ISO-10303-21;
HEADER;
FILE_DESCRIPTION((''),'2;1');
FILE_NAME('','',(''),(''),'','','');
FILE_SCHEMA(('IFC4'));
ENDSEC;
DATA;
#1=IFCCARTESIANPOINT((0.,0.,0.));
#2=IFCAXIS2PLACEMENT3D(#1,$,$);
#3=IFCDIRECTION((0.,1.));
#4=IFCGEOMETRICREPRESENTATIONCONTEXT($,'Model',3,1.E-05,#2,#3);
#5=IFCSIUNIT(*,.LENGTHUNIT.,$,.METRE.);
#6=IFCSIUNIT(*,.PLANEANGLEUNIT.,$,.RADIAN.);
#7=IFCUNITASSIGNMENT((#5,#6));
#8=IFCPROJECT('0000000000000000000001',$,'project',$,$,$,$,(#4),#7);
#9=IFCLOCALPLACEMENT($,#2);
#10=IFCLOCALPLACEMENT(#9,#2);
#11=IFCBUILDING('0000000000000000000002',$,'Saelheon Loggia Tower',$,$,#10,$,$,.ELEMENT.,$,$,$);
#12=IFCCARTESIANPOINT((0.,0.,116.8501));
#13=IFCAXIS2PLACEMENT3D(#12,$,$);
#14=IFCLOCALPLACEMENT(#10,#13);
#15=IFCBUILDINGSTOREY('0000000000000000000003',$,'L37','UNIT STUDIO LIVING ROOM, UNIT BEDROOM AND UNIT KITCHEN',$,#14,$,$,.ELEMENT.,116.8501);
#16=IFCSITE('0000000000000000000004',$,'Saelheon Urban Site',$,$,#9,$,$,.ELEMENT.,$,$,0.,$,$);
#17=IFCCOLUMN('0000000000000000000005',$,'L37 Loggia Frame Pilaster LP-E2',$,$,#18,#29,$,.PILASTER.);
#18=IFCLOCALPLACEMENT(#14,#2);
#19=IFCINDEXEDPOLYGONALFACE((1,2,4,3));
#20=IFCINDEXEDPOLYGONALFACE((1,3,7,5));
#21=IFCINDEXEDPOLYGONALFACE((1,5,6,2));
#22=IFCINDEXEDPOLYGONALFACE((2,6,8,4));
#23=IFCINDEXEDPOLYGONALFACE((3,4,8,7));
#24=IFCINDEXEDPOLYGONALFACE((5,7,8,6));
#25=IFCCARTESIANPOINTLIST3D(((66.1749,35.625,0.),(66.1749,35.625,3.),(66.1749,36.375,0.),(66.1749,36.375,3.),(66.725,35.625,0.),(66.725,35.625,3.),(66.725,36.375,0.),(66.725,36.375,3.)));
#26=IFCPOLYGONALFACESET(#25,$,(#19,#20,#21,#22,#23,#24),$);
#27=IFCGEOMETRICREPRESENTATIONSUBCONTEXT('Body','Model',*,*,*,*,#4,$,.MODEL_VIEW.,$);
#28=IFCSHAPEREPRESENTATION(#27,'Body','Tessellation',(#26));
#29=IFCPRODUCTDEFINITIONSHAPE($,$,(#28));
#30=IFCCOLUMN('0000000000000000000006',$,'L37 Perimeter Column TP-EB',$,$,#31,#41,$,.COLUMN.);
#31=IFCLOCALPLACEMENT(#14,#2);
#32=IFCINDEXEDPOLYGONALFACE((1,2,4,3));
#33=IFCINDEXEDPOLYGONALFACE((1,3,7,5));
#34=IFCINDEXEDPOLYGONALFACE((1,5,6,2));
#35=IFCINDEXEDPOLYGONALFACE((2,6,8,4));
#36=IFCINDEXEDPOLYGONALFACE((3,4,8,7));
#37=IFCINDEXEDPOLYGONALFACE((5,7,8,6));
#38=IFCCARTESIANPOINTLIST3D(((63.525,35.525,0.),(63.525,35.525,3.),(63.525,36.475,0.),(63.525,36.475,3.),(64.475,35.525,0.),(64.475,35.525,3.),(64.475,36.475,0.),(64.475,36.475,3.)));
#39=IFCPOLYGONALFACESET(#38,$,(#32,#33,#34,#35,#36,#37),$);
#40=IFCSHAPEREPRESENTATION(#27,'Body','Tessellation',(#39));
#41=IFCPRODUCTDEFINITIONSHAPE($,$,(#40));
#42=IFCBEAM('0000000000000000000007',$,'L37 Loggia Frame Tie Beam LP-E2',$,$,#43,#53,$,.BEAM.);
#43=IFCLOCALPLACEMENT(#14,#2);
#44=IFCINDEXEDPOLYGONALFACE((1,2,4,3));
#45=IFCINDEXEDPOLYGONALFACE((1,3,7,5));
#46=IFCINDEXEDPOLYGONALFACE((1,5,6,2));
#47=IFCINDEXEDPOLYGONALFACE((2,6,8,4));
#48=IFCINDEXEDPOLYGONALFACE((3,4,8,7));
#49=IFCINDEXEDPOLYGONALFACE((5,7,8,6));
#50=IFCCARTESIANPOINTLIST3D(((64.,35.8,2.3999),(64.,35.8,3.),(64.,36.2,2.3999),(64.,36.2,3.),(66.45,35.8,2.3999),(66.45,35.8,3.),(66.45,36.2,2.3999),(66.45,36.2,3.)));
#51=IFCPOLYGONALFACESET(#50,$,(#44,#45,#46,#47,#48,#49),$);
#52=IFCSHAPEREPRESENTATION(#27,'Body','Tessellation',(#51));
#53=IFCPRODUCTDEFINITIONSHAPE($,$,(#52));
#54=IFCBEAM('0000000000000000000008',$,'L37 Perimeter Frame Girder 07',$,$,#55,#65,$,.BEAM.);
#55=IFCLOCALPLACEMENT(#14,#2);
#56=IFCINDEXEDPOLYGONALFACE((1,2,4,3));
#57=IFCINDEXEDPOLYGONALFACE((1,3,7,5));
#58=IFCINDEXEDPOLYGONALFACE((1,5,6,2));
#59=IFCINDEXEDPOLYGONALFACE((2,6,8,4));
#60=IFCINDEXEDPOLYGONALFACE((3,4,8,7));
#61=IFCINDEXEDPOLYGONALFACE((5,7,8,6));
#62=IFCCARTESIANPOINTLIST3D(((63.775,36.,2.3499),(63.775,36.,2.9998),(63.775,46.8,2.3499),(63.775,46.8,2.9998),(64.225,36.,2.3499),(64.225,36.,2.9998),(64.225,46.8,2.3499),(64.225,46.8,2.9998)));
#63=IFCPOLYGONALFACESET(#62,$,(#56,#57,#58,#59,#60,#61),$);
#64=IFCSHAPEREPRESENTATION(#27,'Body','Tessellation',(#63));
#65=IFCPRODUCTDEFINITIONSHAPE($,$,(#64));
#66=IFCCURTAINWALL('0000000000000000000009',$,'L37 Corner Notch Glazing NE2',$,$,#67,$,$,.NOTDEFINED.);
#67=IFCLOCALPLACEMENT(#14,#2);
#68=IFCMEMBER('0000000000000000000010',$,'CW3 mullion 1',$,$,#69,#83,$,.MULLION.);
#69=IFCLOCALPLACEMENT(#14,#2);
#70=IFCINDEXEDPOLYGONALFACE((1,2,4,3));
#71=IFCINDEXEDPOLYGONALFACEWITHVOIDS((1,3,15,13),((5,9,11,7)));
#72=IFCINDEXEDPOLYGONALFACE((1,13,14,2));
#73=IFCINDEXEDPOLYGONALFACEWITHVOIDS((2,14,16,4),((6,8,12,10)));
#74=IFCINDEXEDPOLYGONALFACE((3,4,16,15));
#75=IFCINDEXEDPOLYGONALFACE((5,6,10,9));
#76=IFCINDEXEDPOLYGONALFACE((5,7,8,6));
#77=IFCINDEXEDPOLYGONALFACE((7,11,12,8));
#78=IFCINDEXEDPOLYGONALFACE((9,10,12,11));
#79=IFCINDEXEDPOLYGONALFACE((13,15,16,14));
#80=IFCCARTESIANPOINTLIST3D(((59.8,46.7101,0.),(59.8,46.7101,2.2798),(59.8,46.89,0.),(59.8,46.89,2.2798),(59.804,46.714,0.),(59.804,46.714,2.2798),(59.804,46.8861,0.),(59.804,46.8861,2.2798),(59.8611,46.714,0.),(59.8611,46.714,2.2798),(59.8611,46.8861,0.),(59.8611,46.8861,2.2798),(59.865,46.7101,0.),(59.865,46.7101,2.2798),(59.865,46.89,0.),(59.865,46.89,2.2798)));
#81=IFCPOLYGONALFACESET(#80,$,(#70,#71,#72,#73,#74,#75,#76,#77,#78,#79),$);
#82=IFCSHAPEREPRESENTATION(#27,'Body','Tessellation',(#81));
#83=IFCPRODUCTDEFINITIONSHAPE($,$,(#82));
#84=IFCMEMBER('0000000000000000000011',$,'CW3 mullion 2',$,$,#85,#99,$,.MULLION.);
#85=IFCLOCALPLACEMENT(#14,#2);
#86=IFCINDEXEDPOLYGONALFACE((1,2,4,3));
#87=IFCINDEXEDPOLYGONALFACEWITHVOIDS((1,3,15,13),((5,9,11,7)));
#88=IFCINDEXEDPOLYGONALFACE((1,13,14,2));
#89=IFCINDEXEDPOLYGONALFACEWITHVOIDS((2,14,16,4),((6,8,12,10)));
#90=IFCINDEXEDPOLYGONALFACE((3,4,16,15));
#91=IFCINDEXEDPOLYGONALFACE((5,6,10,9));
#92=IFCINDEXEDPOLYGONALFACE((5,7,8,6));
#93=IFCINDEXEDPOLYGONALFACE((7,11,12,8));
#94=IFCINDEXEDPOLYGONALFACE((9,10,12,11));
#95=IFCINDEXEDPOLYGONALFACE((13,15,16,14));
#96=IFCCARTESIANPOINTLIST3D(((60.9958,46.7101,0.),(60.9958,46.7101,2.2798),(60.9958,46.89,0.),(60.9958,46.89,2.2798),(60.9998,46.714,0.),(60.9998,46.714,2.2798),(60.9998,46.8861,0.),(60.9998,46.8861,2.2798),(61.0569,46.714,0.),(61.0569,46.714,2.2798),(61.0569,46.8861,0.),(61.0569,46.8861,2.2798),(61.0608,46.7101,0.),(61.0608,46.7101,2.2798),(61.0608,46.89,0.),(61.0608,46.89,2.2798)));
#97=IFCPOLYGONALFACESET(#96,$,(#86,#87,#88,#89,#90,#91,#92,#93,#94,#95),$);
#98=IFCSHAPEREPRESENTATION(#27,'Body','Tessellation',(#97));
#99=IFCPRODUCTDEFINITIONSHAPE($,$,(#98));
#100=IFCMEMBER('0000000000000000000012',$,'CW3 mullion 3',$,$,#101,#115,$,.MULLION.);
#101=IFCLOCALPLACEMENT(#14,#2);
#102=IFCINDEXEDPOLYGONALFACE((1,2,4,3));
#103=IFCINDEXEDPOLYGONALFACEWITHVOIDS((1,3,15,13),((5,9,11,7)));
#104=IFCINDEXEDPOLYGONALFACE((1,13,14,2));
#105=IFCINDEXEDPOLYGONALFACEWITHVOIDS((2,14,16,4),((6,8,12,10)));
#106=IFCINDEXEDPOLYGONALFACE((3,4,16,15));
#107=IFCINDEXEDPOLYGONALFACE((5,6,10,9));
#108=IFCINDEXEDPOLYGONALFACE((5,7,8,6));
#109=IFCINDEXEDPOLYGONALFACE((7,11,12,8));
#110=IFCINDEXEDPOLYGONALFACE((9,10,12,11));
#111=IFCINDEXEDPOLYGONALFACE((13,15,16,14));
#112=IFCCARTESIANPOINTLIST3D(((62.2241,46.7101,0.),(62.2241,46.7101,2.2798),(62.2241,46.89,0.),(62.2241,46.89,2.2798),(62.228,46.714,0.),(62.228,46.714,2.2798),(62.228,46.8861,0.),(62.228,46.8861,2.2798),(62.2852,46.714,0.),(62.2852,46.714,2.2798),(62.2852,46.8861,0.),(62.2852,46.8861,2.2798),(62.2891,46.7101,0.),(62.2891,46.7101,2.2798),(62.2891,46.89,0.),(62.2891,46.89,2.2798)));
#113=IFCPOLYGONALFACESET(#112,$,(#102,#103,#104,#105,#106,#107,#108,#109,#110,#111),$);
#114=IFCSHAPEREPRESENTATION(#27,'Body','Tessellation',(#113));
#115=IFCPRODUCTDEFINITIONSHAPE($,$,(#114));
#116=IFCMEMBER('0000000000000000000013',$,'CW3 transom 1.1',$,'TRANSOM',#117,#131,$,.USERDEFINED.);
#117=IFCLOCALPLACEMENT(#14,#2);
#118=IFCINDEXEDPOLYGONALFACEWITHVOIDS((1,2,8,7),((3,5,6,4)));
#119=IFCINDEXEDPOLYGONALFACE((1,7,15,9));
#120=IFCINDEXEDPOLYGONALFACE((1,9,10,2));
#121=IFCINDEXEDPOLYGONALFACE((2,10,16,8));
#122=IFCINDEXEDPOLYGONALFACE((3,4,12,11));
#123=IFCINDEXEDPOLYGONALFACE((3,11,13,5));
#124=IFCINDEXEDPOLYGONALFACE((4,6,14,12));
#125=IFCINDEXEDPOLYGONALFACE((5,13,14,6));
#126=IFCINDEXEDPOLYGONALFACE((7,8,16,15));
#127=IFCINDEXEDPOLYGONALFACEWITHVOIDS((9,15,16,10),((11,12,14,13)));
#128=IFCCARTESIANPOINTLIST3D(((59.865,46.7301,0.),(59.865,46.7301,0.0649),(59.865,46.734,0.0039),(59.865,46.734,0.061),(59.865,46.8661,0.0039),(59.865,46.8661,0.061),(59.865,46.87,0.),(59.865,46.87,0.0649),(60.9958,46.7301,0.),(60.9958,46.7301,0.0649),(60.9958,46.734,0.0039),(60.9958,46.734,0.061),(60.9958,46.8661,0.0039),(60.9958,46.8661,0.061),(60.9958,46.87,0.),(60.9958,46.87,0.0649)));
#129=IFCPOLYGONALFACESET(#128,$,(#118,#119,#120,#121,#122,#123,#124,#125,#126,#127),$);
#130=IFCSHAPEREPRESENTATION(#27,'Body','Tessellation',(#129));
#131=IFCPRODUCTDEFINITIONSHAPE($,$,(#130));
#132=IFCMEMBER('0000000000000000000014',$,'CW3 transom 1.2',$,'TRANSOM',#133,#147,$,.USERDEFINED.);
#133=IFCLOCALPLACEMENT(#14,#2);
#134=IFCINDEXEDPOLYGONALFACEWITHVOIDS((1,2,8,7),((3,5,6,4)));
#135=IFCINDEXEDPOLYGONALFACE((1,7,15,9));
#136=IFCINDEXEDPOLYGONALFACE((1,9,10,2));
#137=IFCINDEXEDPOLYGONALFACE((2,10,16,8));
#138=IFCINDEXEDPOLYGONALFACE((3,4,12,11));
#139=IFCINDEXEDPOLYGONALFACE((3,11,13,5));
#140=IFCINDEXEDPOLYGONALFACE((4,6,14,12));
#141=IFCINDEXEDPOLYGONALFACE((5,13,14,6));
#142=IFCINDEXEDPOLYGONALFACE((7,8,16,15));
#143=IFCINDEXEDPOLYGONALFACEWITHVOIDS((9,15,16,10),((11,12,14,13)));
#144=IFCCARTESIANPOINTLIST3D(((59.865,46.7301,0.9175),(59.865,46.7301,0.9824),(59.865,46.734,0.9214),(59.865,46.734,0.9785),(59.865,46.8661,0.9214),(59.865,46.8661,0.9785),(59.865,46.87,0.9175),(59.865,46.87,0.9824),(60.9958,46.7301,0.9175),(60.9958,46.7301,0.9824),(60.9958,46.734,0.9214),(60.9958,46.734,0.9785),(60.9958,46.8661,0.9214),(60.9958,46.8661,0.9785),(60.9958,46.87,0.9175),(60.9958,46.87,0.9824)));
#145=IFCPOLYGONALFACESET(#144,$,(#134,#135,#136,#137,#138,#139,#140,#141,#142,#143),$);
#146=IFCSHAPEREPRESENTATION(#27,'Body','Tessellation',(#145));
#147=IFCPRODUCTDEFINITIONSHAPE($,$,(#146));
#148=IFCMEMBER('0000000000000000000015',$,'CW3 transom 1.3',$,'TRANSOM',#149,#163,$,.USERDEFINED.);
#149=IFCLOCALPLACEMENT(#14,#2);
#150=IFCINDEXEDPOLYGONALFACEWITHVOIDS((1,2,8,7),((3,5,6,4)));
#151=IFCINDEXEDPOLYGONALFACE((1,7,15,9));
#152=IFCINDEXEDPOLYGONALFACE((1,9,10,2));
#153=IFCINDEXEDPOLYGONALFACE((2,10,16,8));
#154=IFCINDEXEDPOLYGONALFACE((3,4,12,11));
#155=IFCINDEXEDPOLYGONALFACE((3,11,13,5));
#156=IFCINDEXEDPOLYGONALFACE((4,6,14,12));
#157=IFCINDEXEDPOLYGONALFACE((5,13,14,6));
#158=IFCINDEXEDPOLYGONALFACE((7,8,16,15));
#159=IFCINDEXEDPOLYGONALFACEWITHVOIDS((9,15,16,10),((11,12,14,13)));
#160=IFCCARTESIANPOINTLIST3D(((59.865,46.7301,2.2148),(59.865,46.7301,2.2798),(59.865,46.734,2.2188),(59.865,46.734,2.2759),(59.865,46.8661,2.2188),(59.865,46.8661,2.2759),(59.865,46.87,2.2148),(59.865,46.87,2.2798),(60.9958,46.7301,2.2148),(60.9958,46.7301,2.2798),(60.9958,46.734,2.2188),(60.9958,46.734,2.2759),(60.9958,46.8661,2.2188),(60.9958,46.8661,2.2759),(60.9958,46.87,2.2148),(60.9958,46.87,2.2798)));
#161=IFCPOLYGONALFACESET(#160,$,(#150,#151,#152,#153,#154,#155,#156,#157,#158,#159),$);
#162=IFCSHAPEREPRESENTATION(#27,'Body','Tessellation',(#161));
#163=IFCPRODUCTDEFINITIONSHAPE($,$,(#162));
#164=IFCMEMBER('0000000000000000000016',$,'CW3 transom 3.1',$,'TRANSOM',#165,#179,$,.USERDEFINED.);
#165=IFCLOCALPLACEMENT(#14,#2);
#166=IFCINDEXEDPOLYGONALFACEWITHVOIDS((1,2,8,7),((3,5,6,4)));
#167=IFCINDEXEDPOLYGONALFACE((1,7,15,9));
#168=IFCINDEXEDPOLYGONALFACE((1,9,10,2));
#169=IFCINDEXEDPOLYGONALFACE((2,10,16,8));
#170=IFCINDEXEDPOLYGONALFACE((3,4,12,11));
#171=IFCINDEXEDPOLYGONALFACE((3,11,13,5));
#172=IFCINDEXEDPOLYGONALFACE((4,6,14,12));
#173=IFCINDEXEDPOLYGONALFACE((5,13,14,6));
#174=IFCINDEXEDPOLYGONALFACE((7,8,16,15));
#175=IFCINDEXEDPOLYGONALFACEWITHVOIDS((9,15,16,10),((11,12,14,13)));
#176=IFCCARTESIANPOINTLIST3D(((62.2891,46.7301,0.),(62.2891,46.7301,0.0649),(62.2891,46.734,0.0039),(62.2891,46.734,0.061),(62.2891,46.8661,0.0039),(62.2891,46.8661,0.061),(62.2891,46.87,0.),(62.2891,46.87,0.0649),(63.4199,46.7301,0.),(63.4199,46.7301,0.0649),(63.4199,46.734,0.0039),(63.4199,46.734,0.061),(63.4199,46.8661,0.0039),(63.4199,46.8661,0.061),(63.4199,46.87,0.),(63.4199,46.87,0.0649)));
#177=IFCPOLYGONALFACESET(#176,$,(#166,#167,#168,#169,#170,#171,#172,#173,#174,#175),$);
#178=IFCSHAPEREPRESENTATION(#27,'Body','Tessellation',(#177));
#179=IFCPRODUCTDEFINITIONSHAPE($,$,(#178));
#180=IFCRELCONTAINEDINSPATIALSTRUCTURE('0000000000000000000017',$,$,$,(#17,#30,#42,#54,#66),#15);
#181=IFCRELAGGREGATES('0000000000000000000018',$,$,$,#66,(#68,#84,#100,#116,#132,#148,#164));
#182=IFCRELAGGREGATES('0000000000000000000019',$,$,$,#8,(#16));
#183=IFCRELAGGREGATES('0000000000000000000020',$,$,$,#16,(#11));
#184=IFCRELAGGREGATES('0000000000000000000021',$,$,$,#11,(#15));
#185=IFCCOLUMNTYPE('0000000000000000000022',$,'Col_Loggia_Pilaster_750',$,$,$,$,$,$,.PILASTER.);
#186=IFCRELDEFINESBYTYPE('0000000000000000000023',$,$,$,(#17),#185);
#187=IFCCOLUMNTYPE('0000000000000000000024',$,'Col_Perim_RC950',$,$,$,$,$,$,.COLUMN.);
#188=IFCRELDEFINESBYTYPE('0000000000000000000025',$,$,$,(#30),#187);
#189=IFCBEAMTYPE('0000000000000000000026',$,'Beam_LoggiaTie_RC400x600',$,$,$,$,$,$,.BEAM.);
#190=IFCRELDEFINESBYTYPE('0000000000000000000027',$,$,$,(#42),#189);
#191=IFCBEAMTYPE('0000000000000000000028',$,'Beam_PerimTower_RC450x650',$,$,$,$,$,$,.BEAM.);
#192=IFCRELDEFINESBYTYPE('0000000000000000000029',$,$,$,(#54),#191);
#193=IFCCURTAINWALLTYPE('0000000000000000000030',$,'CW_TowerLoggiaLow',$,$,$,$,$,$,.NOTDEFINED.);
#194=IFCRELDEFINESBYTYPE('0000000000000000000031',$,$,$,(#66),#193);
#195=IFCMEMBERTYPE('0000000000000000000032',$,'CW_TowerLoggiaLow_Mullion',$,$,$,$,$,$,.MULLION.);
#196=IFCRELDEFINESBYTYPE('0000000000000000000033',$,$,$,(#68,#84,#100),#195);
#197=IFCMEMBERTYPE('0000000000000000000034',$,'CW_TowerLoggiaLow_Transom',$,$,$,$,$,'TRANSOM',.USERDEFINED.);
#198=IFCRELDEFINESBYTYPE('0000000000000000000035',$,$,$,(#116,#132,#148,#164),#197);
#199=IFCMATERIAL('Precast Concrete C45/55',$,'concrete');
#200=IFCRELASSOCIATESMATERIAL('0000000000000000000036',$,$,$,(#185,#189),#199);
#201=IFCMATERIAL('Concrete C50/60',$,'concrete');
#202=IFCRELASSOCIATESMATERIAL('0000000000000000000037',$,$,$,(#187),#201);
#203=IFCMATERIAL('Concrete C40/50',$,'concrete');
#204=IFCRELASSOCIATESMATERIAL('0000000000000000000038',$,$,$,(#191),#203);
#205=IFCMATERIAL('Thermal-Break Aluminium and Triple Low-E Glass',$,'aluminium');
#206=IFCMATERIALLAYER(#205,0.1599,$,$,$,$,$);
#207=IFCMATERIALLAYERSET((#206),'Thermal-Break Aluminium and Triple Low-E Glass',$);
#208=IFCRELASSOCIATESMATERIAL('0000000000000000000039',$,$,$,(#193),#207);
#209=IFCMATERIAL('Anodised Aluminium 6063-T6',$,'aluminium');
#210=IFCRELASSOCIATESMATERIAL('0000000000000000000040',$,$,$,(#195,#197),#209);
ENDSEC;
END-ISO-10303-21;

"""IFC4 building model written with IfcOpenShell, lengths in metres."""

from ifc_helpers import new_model, si_unit, direction, frame, origin, origin_2d, place, context, subcontext, project, spatial, rectangle, hollow_rectangle, extrude, source, transform, mapped, material, layer, layer_set, material_profile, profile_set, type_object, element, aggregate, save


model = new_model("IFC4")

# Units and contexts
model_context = context("Model", 3, precision=1e-05, world=origin(), true_north=direction((0.0, 1.0)))
body_context = subcontext(model_context, "Body", "Model", "MODEL_VIEW")
ifc_project = project(units=[si_unit("LENGTHUNIT", "METRE"), si_unit("PLANEANGLEUNIT", "RADIAN")], contexts=[model_context])

# Site, building, storey
site_placement = place(None, origin())
site = spatial("IfcSite", under=ifc_project, at=site_placement, Name="Saelheon Urban Site", CompositionType="ELEMENT", RefElevation=0.0)
building_placement = place(site_placement, origin())
building = spatial("IfcBuilding", under=site, at=building_placement, Name="Saelheon Loggia Tower", CompositionType="ELEMENT")
storey_placement = place(building_placement, frame((0.0, 0.0, 116.8501)))
storey = spatial("IfcBuildingStorey", under=building, at=storey_placement, Name="L37", Description="UNIT STUDIO LIVING ROOM, UNIT BEDROOM AND UNIT KITCHEN", CompositionType="ELEMENT", Elevation=116.8501)

# Columns
ifc_material_1 = material(Name="Precast Concrete C45/55", Category="concrete")
ifc_material_profile_1 = material_profile(ifc_material_1, rectangle(XDim=0.55, YDim=0.75, at=origin_2d()), Name="RC-550x750")
ifc_profile_set_1 = profile_set([ifc_material_profile_1], Name="Precast Concrete C45/55")
column_type_1 = type_object("IfcColumnType", Name="Col_Loggia_Pilaster_750", PredefinedType="PILASTER", material=ifc_profile_set_1)
shared_shape_1 = source(origin(), body_context, "Body", "SweptSolid", [
    extrude(rectangle(XDim=0.55, YDim=0.75, at=origin_2d()), origin(), (0.0, 0.0, 1.0), 3.0),
])
column_1_placement = place(storey_placement, frame((66.45, 36.0, 0.0), z_axis=(0.0, 0.0, 1.0), x_axis=(1.0, 0.0, 0.0)))
element("IfcColumn", 1, at=column_1_placement, inside=storey, type_object=column_type_1, Name="L37 Loggia Frame Pilaster LP-E2", PredefinedType="PILASTER", context=body_context, shape_type="MappedRepresentation", body=[
    mapped(shared_shape_1, transform((0.0, 0.0, 0.0), scale=1.0)),
])
ifc_material_2 = material(Name="Concrete C50/60", Category="concrete")
ifc_material_profile_2 = material_profile(ifc_material_2, rectangle(XDim=0.95, YDim=0.95, at=origin_2d()), Name="RC-950x950")
ifc_profile_set_2 = profile_set([ifc_material_profile_2], Name="Concrete C50/60")
column_type_2 = type_object("IfcColumnType", Name="Col_Perim_RC950", PredefinedType="COLUMN", material=ifc_profile_set_2)
shared_shape_2 = source(origin(), body_context, "Body", "SweptSolid", [
    extrude(rectangle(XDim=0.95, YDim=0.95, at=origin_2d()), origin(), (0.0, 0.0, 1.0), 3.0),
])
column_2_placement = place(storey_placement, frame((64.0, 36.0, 0.0), z_axis=(0.0, 0.0, 1.0), x_axis=(1.0, 0.0, 0.0)))
element("IfcColumn", 2, at=column_2_placement, inside=storey, type_object=column_type_2, Name="L37 Perimeter Column TP-EB", PredefinedType="COLUMN", context=body_context, shape_type="MappedRepresentation", body=[
    mapped(shared_shape_2, transform((0.0, 0.0, 0.0), scale=1.0)),
])

# Beams
ifc_material_profile_3 = material_profile(ifc_material_1, rectangle(XDim=0.3999, YDim=0.6001, at=origin_2d()), Name="RC-400x600")
ifc_profile_set_3 = profile_set([ifc_material_profile_3], Name="Precast Concrete C45/55")
beam_type_1 = type_object("IfcBeamType", Name="Beam_LoggiaTie_RC400x600", PredefinedType="BEAM", material=ifc_profile_set_3)
shared_shape_3 = source(origin(), body_context, "Body", "SweptSolid", [
    extrude(rectangle(XDim=0.3999, YDim=0.6001, at=origin_2d()), origin(), (0.0, 0.0, 1.0), 2.45),
])
beam_1_placement = place(storey_placement, frame((64.0, 36.0, 2.7), z_axis=(1.0, 0.0, 0.0), x_axis=(0.0, 1.0, 0.0)))
element("IfcBeam", 3, at=beam_1_placement, inside=storey, type_object=beam_type_1, Name="L37 Loggia Frame Tie Beam LP-E2", PredefinedType="BEAM", context=body_context, shape_type="MappedRepresentation", body=[
    mapped(shared_shape_3, transform((0.0, 0.0, 0.0), scale=1.0)),
])
ifc_material_3 = material(Name="Concrete C40/50", Category="concrete")
ifc_material_profile_4 = material_profile(ifc_material_3, rectangle(XDim=0.45, YDim=0.6499, at=origin_2d()), Name="RC-450x650")
ifc_profile_set_4 = profile_set([ifc_material_profile_4], Name="Concrete C40/50")
beam_type_2 = type_object("IfcBeamType", Name="Beam_PerimTower_RC450x650", PredefinedType="BEAM", material=ifc_profile_set_4)
shared_shape_4 = source(origin(), body_context, "Body", "SweptSolid", [
    extrude(rectangle(XDim=0.45, YDim=0.6499, at=origin_2d()), origin(), (0.0, 0.0, 1.0), 10.8),
])
beam_2_placement = place(storey_placement, frame((64.0, 36.0, 2.6748), z_axis=(0.0, 1.0, 0.0), x_axis=(-1.0, 0.0, 0.0)))
element("IfcBeam", 4, at=beam_2_placement, inside=storey, type_object=beam_type_2, Name="L37 Perimeter Frame Girder 07", PredefinedType="BEAM", context=body_context, shape_type="MappedRepresentation", body=[
    mapped(shared_shape_4, transform((0.0, 0.0, 0.0), scale=1.0)),
])

# Curtain wall, members
ifc_material_4 = material(Name="Thermal-Break Aluminium and Triple Low-E Glass", Category="aluminium")
ifc_layer_1 = layer(ifc_material_4, 0.1599)
ifc_layer_set_1 = layer_set([ifc_layer_1], Name="Thermal-Break Aluminium and Triple Low-E Glass")
curtain_wall_type = type_object("IfcCurtainWallType", Name="CW_TowerLoggiaLow", PredefinedType="NOTDEFINED", material=ifc_layer_set_1)
curtain_wall_placement = place(storey_placement, origin())
curtain_wall = element("IfcCurtainWall", 5, at=curtain_wall_placement, inside=storey, type_object=curtain_wall_type, Name="L37 Corner Notch Glazing NE2", PredefinedType="NOTDEFINED")
ifc_material_5 = material(Name="Anodised Aluminium 6063-T6", Category="aluminium")
ifc_material_profile_5 = material_profile(ifc_material_5, hollow_rectangle(XDim=0.0649, YDim=0.1799, WallThickness=0.0039, at=origin_2d()), Name="RHS-180x65x4")
ifc_profile_set_5 = profile_set([ifc_material_profile_5], Name="Anodised Aluminium 6063-T6")
member_type_1 = type_object("IfcMemberType", Name="CW_TowerLoggiaLow_Mullion", PredefinedType="MULLION", material=ifc_profile_set_5)
shared_shape_5 = source(origin(), body_context, "Body", "SweptSolid", [
    extrude(hollow_rectangle(XDim=0.0649, YDim=0.1799, WallThickness=0.0039, at=origin_2d()), origin(), (0.0, 0.0, 1.0), 2.2798),
])
member_1_placement = place(storey_placement, frame((59.8325, 46.8, 0.0), z_axis=(0.0, 0.0, 1.0), x_axis=(1.0, 0.0, 0.0)))
member_1 = element("IfcMember", 6, at=member_1_placement, type_object=member_type_1, Name="CW3 mullion 1", PredefinedType="MULLION", context=body_context, shape_type="MappedRepresentation", body=[
    mapped(shared_shape_5, transform((0.0, 0.0, 0.0), scale=1.0)),
])
member_2_placement = place(storey_placement, frame((61.0283, 46.8, 0.0), z_axis=(0.0, 0.0, 1.0), x_axis=(1.0, 0.0, 0.0)))
member_2 = element("IfcMember", 7, at=member_2_placement, type_object=member_type_1, Name="CW3 mullion 2", PredefinedType="MULLION", context=body_context, shape_type="MappedRepresentation", body=[
    mapped(shared_shape_5, transform((0.0, 0.0, 0.0), scale=1.0)),
])
member_3_placement = place(storey_placement, frame((62.2566, 46.8, 0.0), z_axis=(0.0, 0.0, 1.0), x_axis=(1.0, 0.0, 0.0)))
member_3 = element("IfcMember", 8, at=member_3_placement, type_object=member_type_1, Name="CW3 mullion 3", PredefinedType="MULLION", context=body_context, shape_type="MappedRepresentation", body=[
    mapped(shared_shape_5, transform((0.0, 0.0, 0.0), scale=1.0)),
])
ifc_material_profile_6 = material_profile(ifc_material_5, hollow_rectangle(XDim=0.0649, YDim=0.1399, WallThickness=0.0039, at=origin_2d()), Name="RHS-140x65x4")
ifc_profile_set_6 = profile_set([ifc_material_profile_6], Name="Anodised Aluminium 6063-T6")
member_type_2 = type_object("IfcMemberType", Name="CW_TowerLoggiaLow_Transom", ElementType="TRANSOM", PredefinedType="USERDEFINED", material=ifc_profile_set_6)
shared_shape_6 = source(origin(), body_context, "Body", "SweptSolid", [
    extrude(hollow_rectangle(XDim=0.0649, YDim=0.1399, WallThickness=0.0039, at=origin_2d()), origin(), (0.0, 0.0, 1.0), 1.1309),
])
member_4_placement = place(storey_placement, frame((59.865, 46.8, 0.0325), z_axis=(1.0, 0.0, 0.0), x_axis=(0.0, 0.0, 1.0)))
member_4 = element("IfcMember", 9, at=member_4_placement, type_object=member_type_2, Name="CW3 transom 1.1", ObjectType="TRANSOM", PredefinedType="USERDEFINED", context=body_context, shape_type="MappedRepresentation", body=[
    mapped(shared_shape_6, transform((0.0, 0.0, 0.0), scale=1.0)),
])
member_5_placement = place(storey_placement, frame((59.865, 46.8, 0.95), z_axis=(1.0, 0.0, 0.0), x_axis=(0.0, 0.0, 1.0)))
member_5 = element("IfcMember", 10, at=member_5_placement, type_object=member_type_2, Name="CW3 transom 1.2", ObjectType="TRANSOM", PredefinedType="USERDEFINED", context=body_context, shape_type="MappedRepresentation", body=[
    mapped(shared_shape_6, transform((0.0, 0.0, 0.0), scale=1.0)),
])
member_6_placement = place(storey_placement, frame((59.865, 46.8, 2.2473), z_axis=(1.0, 0.0, 0.0), x_axis=(0.0, 0.0, 1.0)))
member_6 = element("IfcMember", 11, at=member_6_placement, type_object=member_type_2, Name="CW3 transom 1.3", ObjectType="TRANSOM", PredefinedType="USERDEFINED", context=body_context, shape_type="MappedRepresentation", body=[
    mapped(shared_shape_6, transform((0.0, 0.0, 0.0), scale=1.0)),
])
member_7_placement = place(storey_placement, frame((62.2891, 46.8, 0.0325), z_axis=(1.0, 0.0, 0.0), x_axis=(0.0, 0.0, 1.0)))
member_7 = element("IfcMember", 12, at=member_7_placement, type_object=member_type_2, Name="CW3 transom 3.1", ObjectType="TRANSOM", PredefinedType="USERDEFINED", context=body_context, shape_type="MappedRepresentation", body=[
    mapped(shared_shape_6, transform((0.0, 0.0, 0.0), scale=1.0)),
])
aggregate(curtain_wall, [member_1, member_2, member_3, member_4, member_5, member_6, member_7])

save(model, "model.ifc")
